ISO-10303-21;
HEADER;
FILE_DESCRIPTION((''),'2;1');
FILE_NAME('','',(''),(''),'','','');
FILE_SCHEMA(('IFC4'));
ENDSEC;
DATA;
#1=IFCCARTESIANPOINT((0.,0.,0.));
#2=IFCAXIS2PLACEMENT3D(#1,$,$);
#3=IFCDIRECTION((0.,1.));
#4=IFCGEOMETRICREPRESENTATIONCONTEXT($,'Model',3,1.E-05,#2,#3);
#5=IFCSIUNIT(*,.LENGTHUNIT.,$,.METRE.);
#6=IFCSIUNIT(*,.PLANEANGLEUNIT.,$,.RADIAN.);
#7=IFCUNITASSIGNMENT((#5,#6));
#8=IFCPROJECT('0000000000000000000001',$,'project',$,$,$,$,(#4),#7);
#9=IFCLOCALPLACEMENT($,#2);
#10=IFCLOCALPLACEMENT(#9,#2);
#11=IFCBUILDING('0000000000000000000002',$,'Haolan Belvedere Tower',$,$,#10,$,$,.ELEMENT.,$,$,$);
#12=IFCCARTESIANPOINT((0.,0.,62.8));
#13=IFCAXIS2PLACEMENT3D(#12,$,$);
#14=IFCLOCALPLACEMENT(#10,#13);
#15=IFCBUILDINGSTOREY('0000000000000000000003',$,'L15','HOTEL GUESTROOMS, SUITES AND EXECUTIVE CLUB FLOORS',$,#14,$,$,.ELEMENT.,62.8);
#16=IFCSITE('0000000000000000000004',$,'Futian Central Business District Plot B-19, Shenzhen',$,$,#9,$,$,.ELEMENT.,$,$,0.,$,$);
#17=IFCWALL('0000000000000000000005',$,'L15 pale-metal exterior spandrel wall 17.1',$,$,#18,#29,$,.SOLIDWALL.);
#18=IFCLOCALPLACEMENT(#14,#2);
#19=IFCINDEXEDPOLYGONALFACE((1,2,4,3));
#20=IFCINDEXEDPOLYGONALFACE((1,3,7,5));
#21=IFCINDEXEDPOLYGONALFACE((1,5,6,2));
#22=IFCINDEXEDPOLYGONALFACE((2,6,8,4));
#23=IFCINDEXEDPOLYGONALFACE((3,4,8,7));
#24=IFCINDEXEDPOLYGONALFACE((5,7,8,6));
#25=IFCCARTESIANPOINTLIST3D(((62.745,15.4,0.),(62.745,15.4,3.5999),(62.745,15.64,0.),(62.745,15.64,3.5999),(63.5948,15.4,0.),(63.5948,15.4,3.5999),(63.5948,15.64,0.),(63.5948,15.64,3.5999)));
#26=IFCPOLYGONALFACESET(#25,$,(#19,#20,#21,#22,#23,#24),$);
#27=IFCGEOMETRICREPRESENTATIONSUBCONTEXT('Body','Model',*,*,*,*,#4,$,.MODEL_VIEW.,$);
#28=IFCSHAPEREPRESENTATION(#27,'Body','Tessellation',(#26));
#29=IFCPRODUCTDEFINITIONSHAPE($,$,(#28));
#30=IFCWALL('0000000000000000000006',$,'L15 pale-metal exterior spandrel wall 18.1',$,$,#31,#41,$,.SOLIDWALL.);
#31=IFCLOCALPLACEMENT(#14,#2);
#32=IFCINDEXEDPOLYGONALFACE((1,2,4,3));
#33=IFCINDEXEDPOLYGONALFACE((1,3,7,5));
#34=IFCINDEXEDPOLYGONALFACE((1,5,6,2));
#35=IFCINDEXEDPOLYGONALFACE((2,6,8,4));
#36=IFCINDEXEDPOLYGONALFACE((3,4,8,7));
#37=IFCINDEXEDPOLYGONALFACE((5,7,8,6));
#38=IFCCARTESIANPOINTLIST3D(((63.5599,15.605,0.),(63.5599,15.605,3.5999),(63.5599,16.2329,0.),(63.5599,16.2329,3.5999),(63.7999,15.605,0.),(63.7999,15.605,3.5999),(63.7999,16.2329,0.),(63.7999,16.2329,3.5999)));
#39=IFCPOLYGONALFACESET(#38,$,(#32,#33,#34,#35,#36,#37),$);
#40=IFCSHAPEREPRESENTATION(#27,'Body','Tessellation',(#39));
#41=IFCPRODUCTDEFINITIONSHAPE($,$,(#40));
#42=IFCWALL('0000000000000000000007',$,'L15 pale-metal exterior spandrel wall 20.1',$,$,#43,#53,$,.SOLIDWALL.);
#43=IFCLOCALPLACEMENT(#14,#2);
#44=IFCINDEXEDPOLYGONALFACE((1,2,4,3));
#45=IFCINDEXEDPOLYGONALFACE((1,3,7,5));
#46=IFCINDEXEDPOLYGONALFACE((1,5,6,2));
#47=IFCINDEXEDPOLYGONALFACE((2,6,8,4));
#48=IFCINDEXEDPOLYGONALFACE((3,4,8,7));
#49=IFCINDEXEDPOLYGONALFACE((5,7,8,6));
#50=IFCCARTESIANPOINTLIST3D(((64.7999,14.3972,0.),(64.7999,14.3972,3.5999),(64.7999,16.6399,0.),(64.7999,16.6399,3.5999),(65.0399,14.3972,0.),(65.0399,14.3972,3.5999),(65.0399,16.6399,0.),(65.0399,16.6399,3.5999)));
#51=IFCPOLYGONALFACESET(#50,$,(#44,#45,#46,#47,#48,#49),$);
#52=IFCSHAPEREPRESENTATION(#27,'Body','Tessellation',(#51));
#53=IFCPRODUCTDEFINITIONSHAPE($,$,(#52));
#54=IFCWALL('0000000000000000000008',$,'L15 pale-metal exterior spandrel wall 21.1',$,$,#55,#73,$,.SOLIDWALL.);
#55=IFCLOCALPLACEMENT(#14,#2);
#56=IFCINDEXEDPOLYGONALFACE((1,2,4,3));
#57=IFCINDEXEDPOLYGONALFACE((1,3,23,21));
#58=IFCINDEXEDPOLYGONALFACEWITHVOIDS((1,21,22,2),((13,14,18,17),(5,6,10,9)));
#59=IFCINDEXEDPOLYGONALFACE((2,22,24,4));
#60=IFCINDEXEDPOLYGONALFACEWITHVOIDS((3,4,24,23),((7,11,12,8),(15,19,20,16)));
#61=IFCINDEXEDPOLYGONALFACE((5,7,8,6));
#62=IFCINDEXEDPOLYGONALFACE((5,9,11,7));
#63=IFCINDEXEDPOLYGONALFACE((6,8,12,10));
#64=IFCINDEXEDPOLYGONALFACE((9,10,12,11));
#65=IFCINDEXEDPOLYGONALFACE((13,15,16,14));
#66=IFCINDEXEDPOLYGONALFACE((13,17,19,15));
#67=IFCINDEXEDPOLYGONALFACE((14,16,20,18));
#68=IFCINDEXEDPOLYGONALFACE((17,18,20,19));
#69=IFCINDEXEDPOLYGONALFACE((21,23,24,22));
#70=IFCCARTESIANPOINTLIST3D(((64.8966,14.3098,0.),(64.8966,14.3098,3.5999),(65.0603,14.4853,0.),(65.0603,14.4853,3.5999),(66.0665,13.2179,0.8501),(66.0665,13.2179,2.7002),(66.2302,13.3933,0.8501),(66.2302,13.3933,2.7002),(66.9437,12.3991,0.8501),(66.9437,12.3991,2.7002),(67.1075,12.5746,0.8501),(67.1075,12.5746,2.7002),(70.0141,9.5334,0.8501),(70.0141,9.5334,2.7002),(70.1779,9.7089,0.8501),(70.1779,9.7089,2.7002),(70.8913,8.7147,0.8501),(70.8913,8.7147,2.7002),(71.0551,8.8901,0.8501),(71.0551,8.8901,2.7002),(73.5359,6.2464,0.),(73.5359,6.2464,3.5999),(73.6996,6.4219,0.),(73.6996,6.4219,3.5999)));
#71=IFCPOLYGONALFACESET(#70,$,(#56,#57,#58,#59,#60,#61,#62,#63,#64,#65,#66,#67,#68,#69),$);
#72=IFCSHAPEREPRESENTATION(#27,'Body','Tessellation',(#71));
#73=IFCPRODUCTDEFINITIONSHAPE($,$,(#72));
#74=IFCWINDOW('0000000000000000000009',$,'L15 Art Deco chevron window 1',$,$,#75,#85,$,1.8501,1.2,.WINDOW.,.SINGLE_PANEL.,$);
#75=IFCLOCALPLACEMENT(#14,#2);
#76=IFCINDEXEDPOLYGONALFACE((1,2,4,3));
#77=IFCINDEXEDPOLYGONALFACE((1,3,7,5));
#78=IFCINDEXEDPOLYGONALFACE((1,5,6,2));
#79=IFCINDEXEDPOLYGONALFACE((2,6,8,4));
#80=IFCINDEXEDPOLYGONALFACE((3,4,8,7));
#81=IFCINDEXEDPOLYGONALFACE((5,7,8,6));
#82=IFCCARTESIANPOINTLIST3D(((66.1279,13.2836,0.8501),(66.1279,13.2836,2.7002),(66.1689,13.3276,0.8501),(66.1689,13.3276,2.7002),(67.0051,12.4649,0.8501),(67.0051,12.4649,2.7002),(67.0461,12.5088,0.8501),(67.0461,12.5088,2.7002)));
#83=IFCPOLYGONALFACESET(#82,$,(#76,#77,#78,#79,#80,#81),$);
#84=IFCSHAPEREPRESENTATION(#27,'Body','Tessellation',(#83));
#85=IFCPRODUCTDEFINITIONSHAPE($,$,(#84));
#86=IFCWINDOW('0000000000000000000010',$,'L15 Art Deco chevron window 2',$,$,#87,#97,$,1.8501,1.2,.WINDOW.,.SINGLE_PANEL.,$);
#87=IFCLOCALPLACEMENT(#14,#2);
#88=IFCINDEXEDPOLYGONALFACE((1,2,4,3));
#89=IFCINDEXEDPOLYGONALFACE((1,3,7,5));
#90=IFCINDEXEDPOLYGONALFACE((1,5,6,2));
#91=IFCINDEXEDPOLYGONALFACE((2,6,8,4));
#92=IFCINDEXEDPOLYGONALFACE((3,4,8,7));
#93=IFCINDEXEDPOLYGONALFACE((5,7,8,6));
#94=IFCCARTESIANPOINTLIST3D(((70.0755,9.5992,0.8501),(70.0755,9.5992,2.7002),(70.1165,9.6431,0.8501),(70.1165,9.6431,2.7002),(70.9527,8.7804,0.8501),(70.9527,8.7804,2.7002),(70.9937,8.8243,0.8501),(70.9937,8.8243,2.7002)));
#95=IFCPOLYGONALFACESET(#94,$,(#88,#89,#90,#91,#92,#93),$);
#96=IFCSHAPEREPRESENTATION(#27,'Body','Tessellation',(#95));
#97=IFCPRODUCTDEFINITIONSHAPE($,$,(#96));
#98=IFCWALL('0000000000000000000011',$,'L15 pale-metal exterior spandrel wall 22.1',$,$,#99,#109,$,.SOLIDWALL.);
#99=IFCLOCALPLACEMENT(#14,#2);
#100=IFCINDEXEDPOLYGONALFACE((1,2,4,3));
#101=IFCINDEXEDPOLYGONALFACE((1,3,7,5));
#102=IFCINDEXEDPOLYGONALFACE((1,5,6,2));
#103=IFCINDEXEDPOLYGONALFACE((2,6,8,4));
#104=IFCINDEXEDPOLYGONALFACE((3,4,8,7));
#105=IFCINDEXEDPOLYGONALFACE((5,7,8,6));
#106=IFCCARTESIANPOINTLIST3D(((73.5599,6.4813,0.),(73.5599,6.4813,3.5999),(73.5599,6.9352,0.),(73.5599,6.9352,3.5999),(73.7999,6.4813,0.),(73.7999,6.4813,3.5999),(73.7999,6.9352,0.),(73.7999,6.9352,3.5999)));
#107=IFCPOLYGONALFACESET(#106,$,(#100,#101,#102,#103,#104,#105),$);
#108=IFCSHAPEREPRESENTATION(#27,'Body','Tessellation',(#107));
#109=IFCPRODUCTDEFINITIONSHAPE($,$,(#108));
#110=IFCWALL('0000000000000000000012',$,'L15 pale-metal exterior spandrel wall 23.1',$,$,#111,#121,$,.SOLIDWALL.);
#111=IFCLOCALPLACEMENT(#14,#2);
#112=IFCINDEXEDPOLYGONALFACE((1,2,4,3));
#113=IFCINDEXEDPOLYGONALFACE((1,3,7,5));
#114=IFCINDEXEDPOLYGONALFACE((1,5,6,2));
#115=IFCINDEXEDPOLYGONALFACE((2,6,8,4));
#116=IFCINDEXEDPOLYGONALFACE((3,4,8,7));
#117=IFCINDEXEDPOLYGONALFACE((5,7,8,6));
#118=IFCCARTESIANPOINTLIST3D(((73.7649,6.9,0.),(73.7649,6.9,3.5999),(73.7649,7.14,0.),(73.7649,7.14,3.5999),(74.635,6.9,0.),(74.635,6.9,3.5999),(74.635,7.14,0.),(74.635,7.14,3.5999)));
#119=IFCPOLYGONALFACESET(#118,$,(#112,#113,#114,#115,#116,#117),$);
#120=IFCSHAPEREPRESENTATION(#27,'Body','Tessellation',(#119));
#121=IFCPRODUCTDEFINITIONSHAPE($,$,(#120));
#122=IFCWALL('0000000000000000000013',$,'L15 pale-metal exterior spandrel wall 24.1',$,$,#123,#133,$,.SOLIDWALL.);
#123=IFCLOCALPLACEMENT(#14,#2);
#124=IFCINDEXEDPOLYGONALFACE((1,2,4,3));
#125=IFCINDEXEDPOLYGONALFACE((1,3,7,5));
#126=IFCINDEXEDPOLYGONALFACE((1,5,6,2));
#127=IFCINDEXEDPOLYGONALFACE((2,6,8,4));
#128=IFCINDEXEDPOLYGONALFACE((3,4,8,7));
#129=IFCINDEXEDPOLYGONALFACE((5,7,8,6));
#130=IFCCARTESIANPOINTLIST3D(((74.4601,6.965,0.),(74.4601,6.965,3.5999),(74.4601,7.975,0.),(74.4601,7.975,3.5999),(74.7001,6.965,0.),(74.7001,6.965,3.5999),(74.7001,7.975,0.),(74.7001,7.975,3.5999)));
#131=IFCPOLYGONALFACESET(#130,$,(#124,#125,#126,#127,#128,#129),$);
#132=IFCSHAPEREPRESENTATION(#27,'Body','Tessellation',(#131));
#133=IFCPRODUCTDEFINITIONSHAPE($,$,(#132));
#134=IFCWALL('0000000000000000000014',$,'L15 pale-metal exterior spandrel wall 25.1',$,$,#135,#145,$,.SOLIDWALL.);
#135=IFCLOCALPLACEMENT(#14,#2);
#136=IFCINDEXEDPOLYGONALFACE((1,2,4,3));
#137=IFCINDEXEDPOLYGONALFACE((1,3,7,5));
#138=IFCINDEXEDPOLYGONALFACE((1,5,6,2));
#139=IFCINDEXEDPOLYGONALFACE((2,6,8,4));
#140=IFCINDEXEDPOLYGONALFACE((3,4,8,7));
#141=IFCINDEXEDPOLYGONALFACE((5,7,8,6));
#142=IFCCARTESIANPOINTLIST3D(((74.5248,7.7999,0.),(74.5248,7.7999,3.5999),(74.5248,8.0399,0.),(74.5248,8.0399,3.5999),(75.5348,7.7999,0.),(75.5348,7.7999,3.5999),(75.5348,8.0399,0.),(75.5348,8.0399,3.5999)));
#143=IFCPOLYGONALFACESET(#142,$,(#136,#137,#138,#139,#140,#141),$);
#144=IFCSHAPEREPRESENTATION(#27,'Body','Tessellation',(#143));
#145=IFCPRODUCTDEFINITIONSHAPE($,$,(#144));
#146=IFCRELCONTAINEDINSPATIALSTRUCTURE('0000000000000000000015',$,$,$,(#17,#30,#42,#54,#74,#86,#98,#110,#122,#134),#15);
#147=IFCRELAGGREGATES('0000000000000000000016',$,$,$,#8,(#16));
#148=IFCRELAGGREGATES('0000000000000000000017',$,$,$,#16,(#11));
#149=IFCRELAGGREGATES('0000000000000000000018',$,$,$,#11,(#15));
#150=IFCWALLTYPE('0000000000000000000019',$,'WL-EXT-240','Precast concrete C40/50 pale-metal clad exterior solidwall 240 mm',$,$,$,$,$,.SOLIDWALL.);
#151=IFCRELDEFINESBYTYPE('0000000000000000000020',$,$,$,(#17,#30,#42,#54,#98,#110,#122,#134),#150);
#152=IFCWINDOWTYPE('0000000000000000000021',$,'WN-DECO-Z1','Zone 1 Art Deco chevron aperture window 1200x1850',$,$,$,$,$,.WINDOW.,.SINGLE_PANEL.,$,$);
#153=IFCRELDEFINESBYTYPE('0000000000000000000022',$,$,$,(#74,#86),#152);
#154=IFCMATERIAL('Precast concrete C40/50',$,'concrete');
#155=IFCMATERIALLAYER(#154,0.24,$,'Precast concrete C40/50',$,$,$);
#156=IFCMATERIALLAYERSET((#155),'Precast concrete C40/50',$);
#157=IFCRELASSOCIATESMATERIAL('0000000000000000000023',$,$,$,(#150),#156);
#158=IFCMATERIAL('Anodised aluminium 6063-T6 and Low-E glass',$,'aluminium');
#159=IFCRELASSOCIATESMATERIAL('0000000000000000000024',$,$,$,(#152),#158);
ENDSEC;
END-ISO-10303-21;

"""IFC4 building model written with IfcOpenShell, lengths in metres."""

from ifc_helpers import new_model, si_unit, direction, frame, frame_2d, origin, place, context, subcontext, project, spatial, rectangle, extrude, material, layer, layer_set, type_object, element, fill, save


model = new_model("IFC4")

# Units and contexts
model_context = context("Model", 3, precision=1e-05, world=origin(), true_north=direction((0.0, 1.0)))
body_context = subcontext(model_context, "Body", "Model", "MODEL_VIEW")
ifc_project = project(units=[si_unit("LENGTHUNIT", "METRE"), si_unit("PLANEANGLEUNIT", "RADIAN")], contexts=[model_context])

# Site, building, storey
site_placement = place(None, origin())
site = spatial("IfcSite", under=ifc_project, at=site_placement, Name="Futian Central Business District Plot B-19, Shenzhen", CompositionType="ELEMENT", RefElevation=0.0)
building_placement = place(site_placement, origin())
building = spatial("IfcBuilding", under=site, at=building_placement, Name="Haolan Belvedere Tower", CompositionType="ELEMENT")
storey_placement = place(building_placement, frame((0.0, 0.0, 62.8)))
storey = spatial("IfcBuildingStorey", under=building, at=storey_placement, Name="L15", Description="HOTEL GUESTROOMS, SUITES AND EXECUTIVE CLUB FLOORS", CompositionType="ELEMENT", Elevation=62.8)

# Walls
ifc_material_1 = material(Name="Precast concrete C40/50", Category="concrete")
ifc_layer_1 = layer(ifc_material_1, 0.24, Name="Precast concrete C40/50")
ifc_layer_set_1 = layer_set([ifc_layer_1], Name="Precast concrete C40/50")
wall_type_1 = type_object("IfcWallType", Name="WL-EXT-240", Description="Precast concrete C40/50 pale-metal clad exterior solidwall 240 mm", PredefinedType="SOLIDWALL", material=ifc_layer_set_1)
wall_1_placement = place(storey_placement, frame((62.7451, 15.52, 0.0), z_axis=(0.0, 0.0, 1.0), x_axis=(1.0, 0.0, 0.0)))
element("IfcWall", 1, at=wall_1_placement, inside=storey, type_object=wall_type_1, Name="L15 pale-metal exterior spandrel wall 17.1", PredefinedType="SOLIDWALL", context=body_context, shape_type="SweptSolid", body=[
    extrude(rectangle(XDim=0.8499, YDim=0.24, at=frame_2d((0.4248, 0.0))), origin(), (0.0, 0.0, 1.0), 3.5999),
])
wall_2_placement = place(storey_placement, frame((63.6799, 15.605, 0.0), z_axis=(0.0, 0.0, 1.0), x_axis=(0.0, 1.0, 0.0)))
element("IfcWall", 2, at=wall_2_placement, inside=storey, type_object=wall_type_1, Name="L15 pale-metal exterior spandrel wall 18.1", PredefinedType="SOLIDWALL", context=body_context, shape_type="SweptSolid", body=[
    extrude(rectangle(XDim=0.6279, YDim=0.24, at=frame_2d((0.314, 0.0))), origin(), (0.0, 0.0, 1.0), 3.5999),
])
wall_3_placement = place(storey_placement, frame((64.9199, 16.6399, 0.0), z_axis=(0.0, 0.0, 1.0), x_axis=(0.0, -1.0, 0.0)))
element("IfcWall", 3, at=wall_3_placement, inside=storey, type_object=wall_type_1, Name="L15 pale-metal exterior spandrel wall 20.1", PredefinedType="SOLIDWALL", context=body_context, shape_type="SweptSolid", body=[
    extrude(rectangle(XDim=2.2427, YDim=0.24, at=frame_2d((1.1213, 0.0))), origin(), (0.0, 0.0, 1.0), 3.5999),
])

# Wall, openings, windows
wall_4_placement = place(storey_placement, frame((64.9785, 14.3975, 0.0), z_axis=(0.0, 0.0, 1.0), x_axis=(0.731054, -0.68232, 0.0)))
wall_4 = element("IfcWall", 4, at=wall_4_placement, inside=storey, type_object=wall_type_1, Name="L15 pale-metal exterior spandrel wall 21.1", PredefinedType="SOLIDWALL", context=body_context, shape_type="SweptSolid", body=[
    extrude(rectangle(XDim=11.8176, YDim=0.24, at=frame_2d((5.9087, 0.0))), origin(), (0.0, 0.0, 1.0), 3.5999),
])
opening_1_placement = place(wall_4_placement, frame((1.6001, 0.0, 0.8501)))
opening_1 = element("IfcOpeningElement", 5, at=opening_1_placement, cuts=wall_4, PredefinedType="OPENING", context=body_context, shape_type="SweptSolid", body=[
    extrude(rectangle(XDim=1.2, YDim=1.8501, at=frame_2d((0.6001, 0.925))), frame((0.0, 0.1299, 0.0), z_axis=(0.0, -1.0, 0.0), x_axis=(1.0, 0.0, 0.0)), (0.0, 0.0, 1.0), 0.26),
])
opening_2_placement = place(wall_4_placement, frame((7.0, 0.0, 0.8501)))
opening_2 = element("IfcOpeningElement", 6, at=opening_2_placement, cuts=wall_4, PredefinedType="OPENING", context=body_context, shape_type="SweptSolid", body=[
    extrude(rectangle(XDim=1.2, YDim=1.8501, at=frame_2d((0.6001, 0.925))), frame((0.0, 0.1299, 0.0), z_axis=(0.0, -1.0, 0.0), x_axis=(1.0, 0.0, 0.0)), (0.0, 0.0, 1.0), 0.26),
])
ifc_material_2 = material(Name="Anodised aluminium 6063-T6 and Low-E glass", Category="aluminium")
window_type = type_object("IfcWindowType", Name="WN-DECO-Z1", Description="Zone 1 Art Deco chevron aperture window 1200x1850", PartitioningType="SINGLE_PANEL", PredefinedType="WINDOW", material=ifc_material_2)
window_1_placement = place(opening_1_placement, origin())
window_1 = element("IfcWindow", 7, at=window_1_placement, inside=storey, type_object=window_type, Name="L15 Art Deco chevron window 1", OverallHeight=1.8501, OverallWidth=1.2, PartitioningType="SINGLE_PANEL", PredefinedType="WINDOW", context=body_context, shape_type="SweptSolid", body=[
    extrude(rectangle(XDim=1.2, YDim=1.8501, at=frame_2d((0.6001, 0.925))), frame((0.0, 0.03, 0.0), z_axis=(0.0, -1.0, 0.0), x_axis=(1.0, 0.0, 0.0)), (0.0, 0.0, 1.0), 0.0601),
])
fill(opening_1, window_1)
window_2_placement = place(opening_2_placement, origin())
window_2 = element("IfcWindow", 8, at=window_2_placement, inside=storey, type_object=window_type, Name="L15 Art Deco chevron window 2", OverallHeight=1.8501, OverallWidth=1.2, PartitioningType="SINGLE_PANEL", PredefinedType="WINDOW", context=body_context, shape_type="SweptSolid", body=[
    extrude(rectangle(XDim=1.2, YDim=1.8501, at=frame_2d((0.6001, 0.925))), frame((0.0, 0.03, 0.0), z_axis=(0.0, -1.0, 0.0), x_axis=(1.0, 0.0, 0.0)), (0.0, 0.0, 1.0), 0.0601),
])
fill(opening_2, window_2)

# Walls
wall_5_placement = place(storey_placement, frame((73.6799, 6.4812, 0.0), z_axis=(0.0, 0.0, 1.0), x_axis=(0.0, 1.0, 0.0)))
element("IfcWall", 9, at=wall_5_placement, inside=storey, type_object=wall_type_1, Name="L15 pale-metal exterior spandrel wall 22.1", PredefinedType="SOLIDWALL", context=body_context, shape_type="SweptSolid", body=[
    extrude(rectangle(XDim=0.4539, YDim=0.24, at=frame_2d((0.2271, 0.0))), origin(), (0.0, 0.0, 1.0), 3.5999),
])
wall_6_placement = place(storey_placement, frame((73.7649, 7.02, 0.0), z_axis=(0.0, 0.0, 1.0), x_axis=(1.0, 0.0, 0.0)))
element("IfcWall", 10, at=wall_6_placement, inside=storey, type_object=wall_type_1, Name="L15 pale-metal exterior spandrel wall 23.1", PredefinedType="SOLIDWALL", context=body_context, shape_type="SweptSolid", body=[
    extrude(rectangle(XDim=0.8701, YDim=0.24, at=frame_2d((0.4351, 0.0))), origin(), (0.0, 0.0, 1.0), 3.5999),
])
for number, where, z_axis, x_axis, name in (
    (11, (74.5801, 6.9651, 0.0), (0.0, 0.0, 1.0), (0.0, 1.0, 0.0), "L15 pale-metal exterior spandrel wall 24.1"),
    (12, (74.5249, 7.9199, 0.0), (0.0, 0.0, 1.0), (1.0, 0.0, 0.0), "L15 pale-metal exterior spandrel wall 25.1"),
):
    element("IfcWall", number, at=place(storey_placement, frame(where, z_axis=z_axis, x_axis=x_axis)), inside=storey, type_object=wall_type_1, Name=name, PredefinedType="SOLIDWALL", context=body_context, shape_type="SweptSolid", body=[
        extrude(rectangle(XDim=1.01, YDim=0.24, at=frame_2d((0.5049, 0.0))), origin(), (0.0, 0.0, 1.0), 3.5999),
    ])

save(model, "model.ifc")
